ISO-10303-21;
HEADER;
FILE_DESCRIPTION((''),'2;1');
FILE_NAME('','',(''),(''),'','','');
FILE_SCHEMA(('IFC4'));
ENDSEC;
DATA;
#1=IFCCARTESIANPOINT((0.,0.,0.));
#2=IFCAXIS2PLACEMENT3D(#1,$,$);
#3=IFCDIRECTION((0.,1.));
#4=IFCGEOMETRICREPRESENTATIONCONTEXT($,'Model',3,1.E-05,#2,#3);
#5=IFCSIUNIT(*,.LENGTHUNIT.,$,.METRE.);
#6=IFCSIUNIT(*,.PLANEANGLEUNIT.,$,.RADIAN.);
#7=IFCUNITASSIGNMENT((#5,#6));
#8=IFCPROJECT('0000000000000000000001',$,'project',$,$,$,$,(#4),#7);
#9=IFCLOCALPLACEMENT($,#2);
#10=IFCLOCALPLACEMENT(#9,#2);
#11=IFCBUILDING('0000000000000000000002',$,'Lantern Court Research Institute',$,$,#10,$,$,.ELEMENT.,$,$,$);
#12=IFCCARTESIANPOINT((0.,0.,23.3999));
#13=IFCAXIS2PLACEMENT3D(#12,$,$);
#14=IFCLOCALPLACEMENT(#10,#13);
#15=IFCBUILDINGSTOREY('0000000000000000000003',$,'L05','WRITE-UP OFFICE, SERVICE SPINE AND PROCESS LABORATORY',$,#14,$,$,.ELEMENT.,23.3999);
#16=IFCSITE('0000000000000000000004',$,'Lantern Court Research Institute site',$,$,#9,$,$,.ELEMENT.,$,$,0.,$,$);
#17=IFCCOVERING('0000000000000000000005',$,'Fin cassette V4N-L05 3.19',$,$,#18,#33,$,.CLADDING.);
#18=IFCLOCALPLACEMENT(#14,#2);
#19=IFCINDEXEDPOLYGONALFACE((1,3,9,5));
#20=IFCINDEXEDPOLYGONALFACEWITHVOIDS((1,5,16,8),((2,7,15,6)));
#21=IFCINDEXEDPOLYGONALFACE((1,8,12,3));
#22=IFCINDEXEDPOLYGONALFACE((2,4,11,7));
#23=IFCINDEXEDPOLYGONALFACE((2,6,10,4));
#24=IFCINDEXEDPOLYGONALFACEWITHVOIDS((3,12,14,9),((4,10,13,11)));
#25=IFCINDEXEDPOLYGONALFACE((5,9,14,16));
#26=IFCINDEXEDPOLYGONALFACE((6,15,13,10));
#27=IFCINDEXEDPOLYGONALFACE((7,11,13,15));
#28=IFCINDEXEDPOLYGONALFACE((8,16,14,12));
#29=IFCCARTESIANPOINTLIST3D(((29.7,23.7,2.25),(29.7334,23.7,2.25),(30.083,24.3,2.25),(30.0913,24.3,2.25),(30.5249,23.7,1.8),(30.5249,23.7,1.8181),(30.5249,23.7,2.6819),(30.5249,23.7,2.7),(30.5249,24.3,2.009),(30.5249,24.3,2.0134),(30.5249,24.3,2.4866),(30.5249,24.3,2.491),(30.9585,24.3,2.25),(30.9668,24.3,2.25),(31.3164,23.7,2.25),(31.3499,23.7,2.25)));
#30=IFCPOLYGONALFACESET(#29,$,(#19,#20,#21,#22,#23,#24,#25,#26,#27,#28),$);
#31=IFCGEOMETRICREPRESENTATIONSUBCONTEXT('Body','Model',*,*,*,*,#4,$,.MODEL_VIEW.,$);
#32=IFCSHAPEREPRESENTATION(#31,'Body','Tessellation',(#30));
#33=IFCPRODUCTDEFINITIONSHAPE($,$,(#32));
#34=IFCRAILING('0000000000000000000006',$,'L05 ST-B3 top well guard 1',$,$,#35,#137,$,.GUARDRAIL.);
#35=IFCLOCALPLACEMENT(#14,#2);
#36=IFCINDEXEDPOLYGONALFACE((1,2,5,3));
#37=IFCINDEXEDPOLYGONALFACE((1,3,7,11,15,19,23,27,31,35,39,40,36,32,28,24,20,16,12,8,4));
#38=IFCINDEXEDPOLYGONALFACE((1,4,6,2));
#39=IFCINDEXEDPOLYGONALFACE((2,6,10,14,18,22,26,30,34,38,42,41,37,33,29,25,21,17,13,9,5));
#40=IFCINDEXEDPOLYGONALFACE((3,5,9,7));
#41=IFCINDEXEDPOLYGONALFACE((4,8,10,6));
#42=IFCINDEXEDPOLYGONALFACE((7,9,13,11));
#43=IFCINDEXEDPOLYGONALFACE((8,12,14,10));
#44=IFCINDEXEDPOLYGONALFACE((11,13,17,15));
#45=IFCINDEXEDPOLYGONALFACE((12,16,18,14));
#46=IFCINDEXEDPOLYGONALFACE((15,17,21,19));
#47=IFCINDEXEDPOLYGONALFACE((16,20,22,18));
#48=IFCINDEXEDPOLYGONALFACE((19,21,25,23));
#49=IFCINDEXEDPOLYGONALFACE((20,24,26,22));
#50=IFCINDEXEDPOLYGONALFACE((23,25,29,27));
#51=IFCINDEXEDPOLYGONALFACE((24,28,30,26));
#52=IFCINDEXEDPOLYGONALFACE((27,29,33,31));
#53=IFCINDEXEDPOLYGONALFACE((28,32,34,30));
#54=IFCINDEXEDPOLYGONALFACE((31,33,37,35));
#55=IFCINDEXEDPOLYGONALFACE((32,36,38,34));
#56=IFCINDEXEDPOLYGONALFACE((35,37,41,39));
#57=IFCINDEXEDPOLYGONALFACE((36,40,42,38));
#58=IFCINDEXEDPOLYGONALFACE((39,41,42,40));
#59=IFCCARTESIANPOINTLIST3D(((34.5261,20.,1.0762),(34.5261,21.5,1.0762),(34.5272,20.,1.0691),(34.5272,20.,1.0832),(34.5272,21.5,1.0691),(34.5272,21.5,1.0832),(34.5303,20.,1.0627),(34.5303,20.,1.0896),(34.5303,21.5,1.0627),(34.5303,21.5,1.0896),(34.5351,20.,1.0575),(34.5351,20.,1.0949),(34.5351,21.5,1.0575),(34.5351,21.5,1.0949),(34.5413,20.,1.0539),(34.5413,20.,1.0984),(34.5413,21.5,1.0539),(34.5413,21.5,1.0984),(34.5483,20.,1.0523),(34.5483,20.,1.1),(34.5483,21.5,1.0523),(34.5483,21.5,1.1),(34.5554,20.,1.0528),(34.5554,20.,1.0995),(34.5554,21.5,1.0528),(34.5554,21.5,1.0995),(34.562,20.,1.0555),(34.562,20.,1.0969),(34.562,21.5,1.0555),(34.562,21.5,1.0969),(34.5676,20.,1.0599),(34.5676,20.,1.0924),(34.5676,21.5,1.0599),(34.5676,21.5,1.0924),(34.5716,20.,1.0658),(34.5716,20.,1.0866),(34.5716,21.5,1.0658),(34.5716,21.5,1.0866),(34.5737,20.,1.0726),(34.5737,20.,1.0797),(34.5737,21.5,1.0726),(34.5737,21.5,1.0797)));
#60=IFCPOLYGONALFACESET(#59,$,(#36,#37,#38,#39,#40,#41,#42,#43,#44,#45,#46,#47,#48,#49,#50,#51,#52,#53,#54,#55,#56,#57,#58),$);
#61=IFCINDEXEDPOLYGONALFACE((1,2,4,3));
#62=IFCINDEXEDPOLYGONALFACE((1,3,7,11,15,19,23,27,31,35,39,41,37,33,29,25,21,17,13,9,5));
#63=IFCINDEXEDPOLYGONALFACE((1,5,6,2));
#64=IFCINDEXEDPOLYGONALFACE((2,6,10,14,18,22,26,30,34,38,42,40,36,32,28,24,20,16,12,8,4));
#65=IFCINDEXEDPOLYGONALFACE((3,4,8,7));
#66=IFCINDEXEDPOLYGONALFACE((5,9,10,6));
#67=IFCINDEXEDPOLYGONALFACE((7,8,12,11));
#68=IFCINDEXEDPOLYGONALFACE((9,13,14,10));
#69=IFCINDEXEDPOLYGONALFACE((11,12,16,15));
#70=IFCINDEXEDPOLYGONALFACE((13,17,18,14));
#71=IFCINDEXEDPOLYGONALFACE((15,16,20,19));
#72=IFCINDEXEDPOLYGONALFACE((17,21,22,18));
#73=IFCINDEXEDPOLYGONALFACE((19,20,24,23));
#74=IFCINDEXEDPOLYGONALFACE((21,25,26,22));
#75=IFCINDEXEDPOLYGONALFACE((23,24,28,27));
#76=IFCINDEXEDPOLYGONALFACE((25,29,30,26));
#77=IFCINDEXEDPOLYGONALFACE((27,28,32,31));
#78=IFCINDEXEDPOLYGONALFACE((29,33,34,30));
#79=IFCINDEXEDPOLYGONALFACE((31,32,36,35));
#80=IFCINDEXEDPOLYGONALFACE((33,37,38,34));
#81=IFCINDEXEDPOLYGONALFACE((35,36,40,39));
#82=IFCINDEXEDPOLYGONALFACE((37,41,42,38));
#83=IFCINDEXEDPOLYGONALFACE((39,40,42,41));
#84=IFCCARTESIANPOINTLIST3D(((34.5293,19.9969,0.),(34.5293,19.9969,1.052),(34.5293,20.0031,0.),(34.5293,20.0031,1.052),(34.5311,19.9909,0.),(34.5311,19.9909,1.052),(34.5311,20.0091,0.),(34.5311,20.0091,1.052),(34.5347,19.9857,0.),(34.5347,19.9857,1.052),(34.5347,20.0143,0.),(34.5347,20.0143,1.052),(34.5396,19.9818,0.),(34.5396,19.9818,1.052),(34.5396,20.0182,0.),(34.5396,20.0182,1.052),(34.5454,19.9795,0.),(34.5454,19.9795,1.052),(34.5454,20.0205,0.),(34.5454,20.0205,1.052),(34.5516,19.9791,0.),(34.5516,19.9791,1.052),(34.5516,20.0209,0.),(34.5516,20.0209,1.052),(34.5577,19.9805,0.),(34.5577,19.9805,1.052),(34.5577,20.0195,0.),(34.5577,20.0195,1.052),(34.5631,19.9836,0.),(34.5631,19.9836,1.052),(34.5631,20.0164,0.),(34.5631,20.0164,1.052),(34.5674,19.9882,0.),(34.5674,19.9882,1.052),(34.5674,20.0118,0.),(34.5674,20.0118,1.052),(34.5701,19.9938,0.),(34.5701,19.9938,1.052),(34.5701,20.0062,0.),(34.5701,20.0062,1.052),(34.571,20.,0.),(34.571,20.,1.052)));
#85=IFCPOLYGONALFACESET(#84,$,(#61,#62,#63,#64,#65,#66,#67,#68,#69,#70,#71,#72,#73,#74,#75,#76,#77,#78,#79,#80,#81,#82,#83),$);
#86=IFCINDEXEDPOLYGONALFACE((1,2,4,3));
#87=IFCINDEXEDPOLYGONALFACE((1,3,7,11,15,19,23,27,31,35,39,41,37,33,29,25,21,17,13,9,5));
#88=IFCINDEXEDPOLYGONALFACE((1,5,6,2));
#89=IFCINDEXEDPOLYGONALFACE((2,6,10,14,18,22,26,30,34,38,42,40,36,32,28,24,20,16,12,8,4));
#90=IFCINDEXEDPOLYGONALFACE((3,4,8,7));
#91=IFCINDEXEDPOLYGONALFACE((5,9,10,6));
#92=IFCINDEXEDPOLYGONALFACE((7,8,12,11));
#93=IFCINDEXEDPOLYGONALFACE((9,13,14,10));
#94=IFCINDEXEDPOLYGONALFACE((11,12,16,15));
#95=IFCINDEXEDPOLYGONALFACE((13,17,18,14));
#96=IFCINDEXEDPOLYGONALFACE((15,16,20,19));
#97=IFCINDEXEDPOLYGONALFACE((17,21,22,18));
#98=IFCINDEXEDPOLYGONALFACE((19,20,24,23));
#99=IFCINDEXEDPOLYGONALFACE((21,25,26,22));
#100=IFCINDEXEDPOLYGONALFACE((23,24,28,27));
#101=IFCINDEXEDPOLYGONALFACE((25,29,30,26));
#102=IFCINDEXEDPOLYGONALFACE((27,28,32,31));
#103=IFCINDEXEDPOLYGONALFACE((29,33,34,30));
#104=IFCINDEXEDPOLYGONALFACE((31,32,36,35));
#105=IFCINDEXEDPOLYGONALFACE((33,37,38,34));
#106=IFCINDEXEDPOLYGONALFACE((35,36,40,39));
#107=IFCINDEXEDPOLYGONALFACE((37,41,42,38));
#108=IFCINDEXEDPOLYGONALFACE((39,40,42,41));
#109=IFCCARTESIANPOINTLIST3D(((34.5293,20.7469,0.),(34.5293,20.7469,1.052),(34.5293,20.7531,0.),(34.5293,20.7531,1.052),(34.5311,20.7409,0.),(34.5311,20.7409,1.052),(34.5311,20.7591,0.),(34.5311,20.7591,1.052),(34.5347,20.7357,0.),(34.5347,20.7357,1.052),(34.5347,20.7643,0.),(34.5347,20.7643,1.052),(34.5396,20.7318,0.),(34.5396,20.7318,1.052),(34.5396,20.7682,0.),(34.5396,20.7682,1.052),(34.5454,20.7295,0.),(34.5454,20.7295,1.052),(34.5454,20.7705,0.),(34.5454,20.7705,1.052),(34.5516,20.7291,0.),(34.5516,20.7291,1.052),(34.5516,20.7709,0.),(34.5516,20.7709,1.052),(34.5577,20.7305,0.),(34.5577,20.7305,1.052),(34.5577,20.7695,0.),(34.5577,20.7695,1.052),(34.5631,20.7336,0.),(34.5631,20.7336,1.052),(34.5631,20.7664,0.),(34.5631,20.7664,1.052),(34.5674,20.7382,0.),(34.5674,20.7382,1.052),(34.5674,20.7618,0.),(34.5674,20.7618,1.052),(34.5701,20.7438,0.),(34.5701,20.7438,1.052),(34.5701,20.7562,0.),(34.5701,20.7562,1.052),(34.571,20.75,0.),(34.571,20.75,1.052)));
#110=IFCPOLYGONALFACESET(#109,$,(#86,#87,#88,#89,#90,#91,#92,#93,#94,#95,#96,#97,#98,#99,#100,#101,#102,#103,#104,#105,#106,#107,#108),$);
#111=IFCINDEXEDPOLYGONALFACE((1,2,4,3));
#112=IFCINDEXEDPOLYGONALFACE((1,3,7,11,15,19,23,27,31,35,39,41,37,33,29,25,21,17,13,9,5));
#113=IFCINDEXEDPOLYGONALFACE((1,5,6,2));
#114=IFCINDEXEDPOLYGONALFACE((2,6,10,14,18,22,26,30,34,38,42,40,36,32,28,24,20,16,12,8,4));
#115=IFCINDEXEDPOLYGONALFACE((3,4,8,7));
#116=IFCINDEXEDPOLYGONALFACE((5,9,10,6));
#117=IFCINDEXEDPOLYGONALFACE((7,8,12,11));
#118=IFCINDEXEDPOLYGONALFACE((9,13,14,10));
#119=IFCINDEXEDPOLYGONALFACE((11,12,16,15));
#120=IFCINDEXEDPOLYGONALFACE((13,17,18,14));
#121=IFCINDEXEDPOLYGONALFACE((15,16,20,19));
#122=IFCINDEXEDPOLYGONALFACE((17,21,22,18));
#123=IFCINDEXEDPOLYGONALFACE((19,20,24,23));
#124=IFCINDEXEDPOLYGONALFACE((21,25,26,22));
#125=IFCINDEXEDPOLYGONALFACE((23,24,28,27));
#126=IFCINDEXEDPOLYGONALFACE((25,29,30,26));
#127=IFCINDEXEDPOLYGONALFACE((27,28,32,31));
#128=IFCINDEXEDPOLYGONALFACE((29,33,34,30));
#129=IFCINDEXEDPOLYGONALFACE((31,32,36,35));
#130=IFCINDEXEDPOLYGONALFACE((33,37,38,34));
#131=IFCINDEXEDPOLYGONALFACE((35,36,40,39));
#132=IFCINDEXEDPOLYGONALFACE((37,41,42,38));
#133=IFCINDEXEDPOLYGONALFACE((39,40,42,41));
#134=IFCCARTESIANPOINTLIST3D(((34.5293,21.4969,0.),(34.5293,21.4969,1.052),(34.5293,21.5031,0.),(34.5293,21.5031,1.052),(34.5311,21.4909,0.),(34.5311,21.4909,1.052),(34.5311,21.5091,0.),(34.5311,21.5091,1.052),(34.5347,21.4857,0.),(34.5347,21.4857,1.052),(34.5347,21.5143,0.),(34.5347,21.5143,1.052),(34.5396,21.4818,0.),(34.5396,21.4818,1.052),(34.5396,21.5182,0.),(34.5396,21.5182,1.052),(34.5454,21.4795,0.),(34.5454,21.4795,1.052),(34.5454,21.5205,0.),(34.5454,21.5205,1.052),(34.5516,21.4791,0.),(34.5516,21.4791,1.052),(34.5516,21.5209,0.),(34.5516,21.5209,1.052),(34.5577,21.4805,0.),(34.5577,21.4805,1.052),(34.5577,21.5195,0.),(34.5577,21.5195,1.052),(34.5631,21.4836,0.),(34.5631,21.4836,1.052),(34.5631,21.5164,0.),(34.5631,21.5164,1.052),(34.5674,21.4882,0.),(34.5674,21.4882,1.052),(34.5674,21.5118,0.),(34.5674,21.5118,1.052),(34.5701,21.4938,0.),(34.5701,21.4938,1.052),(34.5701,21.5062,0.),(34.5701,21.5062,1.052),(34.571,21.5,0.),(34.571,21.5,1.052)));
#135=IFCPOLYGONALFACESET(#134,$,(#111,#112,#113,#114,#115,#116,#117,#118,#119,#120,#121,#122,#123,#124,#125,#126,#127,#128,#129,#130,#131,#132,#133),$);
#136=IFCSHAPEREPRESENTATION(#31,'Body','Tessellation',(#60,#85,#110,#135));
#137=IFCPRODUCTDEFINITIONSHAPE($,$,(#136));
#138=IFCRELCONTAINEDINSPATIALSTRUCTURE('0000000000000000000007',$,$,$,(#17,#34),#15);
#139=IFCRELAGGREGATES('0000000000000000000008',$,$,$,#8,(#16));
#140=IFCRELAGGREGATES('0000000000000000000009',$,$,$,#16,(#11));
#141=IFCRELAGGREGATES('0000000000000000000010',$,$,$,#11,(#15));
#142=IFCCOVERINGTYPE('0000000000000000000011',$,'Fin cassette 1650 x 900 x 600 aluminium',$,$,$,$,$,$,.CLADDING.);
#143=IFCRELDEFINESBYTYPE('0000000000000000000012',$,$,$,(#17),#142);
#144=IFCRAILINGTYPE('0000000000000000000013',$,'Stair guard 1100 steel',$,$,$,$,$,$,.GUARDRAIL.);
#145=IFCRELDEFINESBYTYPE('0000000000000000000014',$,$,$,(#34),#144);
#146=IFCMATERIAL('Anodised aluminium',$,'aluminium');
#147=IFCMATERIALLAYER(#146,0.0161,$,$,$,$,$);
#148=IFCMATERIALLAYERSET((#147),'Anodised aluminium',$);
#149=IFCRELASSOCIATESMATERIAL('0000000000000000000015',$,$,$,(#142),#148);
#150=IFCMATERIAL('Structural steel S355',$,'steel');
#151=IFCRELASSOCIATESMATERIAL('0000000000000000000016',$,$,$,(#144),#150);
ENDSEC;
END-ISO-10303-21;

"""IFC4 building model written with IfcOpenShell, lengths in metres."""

from ifc_helpers import new_model, entity, si_unit, direction, frame, origin, origin_2d, place, context, subcontext, project, spatial, circle, extrude, material, layer, layer_set, type_object, element, save


model = new_model("IFC4")

# Units and contexts
model_context = context("Model", 3, precision=1e-05, world=origin(), true_north=direction((0.0, 1.0)))
body_context = subcontext(model_context, "Body", "Model", "MODEL_VIEW")
ifc_project = project(units=[si_unit("LENGTHUNIT", "METRE"), si_unit("PLANEANGLEUNIT", "RADIAN")], contexts=[model_context])

# Site, building, storey
site_placement = place(None, origin())
site = spatial("IfcSite", under=ifc_project, at=site_placement, Name="Lantern Court Research Institute site", CompositionType="ELEMENT", RefElevation=0.0)
building_placement = place(site_placement, origin())
building = spatial("IfcBuilding", under=site, at=building_placement, Name="Lantern Court Research Institute", CompositionType="ELEMENT")
storey_placement = place(building_placement, frame((0.0, 0.0, 23.3999)))
storey = spatial("IfcBuildingStorey", under=building, at=storey_placement, Name="L05", Description="WRITE-UP OFFICE, SERVICE SPINE AND PROCESS LABORATORY", CompositionType="ELEMENT", Elevation=23.3999)

# Covering
ifc_material_1 = material(Name="Anodised aluminium", Category="aluminium")
ifc_layer_1 = layer(ifc_material_1, 0.0161)
ifc_layer_set_1 = layer_set([ifc_layer_1], Name="Anodised aluminium")
covering_type = type_object("IfcCoveringType", Name="Fin cassette 1650 x 900 x 600 aluminium", PredefinedType="CLADDING", material=ifc_layer_set_1)
covering_1_placement = place(storey_placement, frame((30.5249, 23.7, 2.25), z_axis=(0.0, 1.0, 0.0), x_axis=(-1.0, 0.0, 0.0)))
cartesian_point_1 = entity("IfcCartesianPoint", [0.825, 0.0])
cartesian_point_2 = entity("IfcCartesianPoint", [0.7915, 0.0])
cartesian_point_3 = entity("IfcCartesianPoint", [0.4419, 0.0])
cartesian_point_4 = entity("IfcCartesianPoint", [0.4336, 0.0])
element("IfcCovering", 1, at=covering_1_placement, inside=storey, type_object=covering_type, Name="Fin cassette V4N-L05 3.19", PredefinedType="CLADDING", context=body_context, shape_type="SweptSolid", body=[
    entity("IfcExtrudedAreaSolidTapered", entity("IfcArbitraryProfileDefWithVoids", "AREA", None, entity("IfcPolyline", [cartesian_point_1, entity("IfcCartesianPoint", [0.0, 0.45]), entity("IfcCartesianPoint", [-0.825, 0.0]), entity("IfcCartesianPoint", [0.0, -0.45]), cartesian_point_1]), [entity("IfcPolyline", [cartesian_point_2, entity("IfcCartesianPoint", [0.0, 0.4319]), entity("IfcCartesianPoint", [-0.7915, 0.0]), entity("IfcCartesianPoint", [0.0, -0.4319]), cartesian_point_2])]), entity("IfcAxis2Placement3D", entity("IfcCartesianPoint", [0.0, 0.0, 0.0])), entity("IfcDirection", [0.0, 0.0, 1.0]), 0.6001, entity("IfcArbitraryProfileDefWithVoids", "AREA", None, entity("IfcPolyline", [cartesian_point_3, entity("IfcCartesianPoint", [0.0, 0.241]), entity("IfcCartesianPoint", [-0.4419, 0.0]), entity("IfcCartesianPoint", [0.0, -0.241]), cartesian_point_3]), [entity("IfcPolyline", [cartesian_point_4, entity("IfcCartesianPoint", [0.0, 0.2366]), entity("IfcCartesianPoint", [-0.4336, 0.0]), entity("IfcCartesianPoint", [0.0, -0.2366]), cartesian_point_4])])),
])

# Railing
ifc_material_2 = material(Name="Structural steel S355", Category="steel")
railing_type = type_object("IfcRailingType", Name="Stair guard 1100 steel", PredefinedType="GUARDRAIL", material=ifc_material_2)
railing_placement = place(storey_placement, frame((34.55, 20.0, 0.0)))
element("IfcRailing", 2, at=railing_placement, inside=storey, type_object=railing_type, Name="L05 ST-B3 top well guard 1", PredefinedType="GUARDRAIL", context=body_context, shape_type="SweptSolid", body=[
    extrude(circle(Radius=0.0239, at=origin_2d()), frame((0.0, 0.0, 1.0762), z_axis=(0.0, 1.0, 0.0), x_axis=(-1.0, 0.0, 0.0)), (0.0, 0.0, 1.0), 1.5),
    extrude(circle(Radius=0.021, at=origin_2d()), origin(), (0.0, 0.0, 1.0), 1.052),
    extrude(circle(Radius=0.021, at=origin_2d()), frame((0.0, 0.75, 0.0)), (0.0, 0.0, 1.0), 1.052),
    extrude(circle(Radius=0.021, at=origin_2d()), frame((0.0, 1.5, 0.0)), (0.0, 0.0, 1.0), 1.052),
])

save(model, "model.ifc")
